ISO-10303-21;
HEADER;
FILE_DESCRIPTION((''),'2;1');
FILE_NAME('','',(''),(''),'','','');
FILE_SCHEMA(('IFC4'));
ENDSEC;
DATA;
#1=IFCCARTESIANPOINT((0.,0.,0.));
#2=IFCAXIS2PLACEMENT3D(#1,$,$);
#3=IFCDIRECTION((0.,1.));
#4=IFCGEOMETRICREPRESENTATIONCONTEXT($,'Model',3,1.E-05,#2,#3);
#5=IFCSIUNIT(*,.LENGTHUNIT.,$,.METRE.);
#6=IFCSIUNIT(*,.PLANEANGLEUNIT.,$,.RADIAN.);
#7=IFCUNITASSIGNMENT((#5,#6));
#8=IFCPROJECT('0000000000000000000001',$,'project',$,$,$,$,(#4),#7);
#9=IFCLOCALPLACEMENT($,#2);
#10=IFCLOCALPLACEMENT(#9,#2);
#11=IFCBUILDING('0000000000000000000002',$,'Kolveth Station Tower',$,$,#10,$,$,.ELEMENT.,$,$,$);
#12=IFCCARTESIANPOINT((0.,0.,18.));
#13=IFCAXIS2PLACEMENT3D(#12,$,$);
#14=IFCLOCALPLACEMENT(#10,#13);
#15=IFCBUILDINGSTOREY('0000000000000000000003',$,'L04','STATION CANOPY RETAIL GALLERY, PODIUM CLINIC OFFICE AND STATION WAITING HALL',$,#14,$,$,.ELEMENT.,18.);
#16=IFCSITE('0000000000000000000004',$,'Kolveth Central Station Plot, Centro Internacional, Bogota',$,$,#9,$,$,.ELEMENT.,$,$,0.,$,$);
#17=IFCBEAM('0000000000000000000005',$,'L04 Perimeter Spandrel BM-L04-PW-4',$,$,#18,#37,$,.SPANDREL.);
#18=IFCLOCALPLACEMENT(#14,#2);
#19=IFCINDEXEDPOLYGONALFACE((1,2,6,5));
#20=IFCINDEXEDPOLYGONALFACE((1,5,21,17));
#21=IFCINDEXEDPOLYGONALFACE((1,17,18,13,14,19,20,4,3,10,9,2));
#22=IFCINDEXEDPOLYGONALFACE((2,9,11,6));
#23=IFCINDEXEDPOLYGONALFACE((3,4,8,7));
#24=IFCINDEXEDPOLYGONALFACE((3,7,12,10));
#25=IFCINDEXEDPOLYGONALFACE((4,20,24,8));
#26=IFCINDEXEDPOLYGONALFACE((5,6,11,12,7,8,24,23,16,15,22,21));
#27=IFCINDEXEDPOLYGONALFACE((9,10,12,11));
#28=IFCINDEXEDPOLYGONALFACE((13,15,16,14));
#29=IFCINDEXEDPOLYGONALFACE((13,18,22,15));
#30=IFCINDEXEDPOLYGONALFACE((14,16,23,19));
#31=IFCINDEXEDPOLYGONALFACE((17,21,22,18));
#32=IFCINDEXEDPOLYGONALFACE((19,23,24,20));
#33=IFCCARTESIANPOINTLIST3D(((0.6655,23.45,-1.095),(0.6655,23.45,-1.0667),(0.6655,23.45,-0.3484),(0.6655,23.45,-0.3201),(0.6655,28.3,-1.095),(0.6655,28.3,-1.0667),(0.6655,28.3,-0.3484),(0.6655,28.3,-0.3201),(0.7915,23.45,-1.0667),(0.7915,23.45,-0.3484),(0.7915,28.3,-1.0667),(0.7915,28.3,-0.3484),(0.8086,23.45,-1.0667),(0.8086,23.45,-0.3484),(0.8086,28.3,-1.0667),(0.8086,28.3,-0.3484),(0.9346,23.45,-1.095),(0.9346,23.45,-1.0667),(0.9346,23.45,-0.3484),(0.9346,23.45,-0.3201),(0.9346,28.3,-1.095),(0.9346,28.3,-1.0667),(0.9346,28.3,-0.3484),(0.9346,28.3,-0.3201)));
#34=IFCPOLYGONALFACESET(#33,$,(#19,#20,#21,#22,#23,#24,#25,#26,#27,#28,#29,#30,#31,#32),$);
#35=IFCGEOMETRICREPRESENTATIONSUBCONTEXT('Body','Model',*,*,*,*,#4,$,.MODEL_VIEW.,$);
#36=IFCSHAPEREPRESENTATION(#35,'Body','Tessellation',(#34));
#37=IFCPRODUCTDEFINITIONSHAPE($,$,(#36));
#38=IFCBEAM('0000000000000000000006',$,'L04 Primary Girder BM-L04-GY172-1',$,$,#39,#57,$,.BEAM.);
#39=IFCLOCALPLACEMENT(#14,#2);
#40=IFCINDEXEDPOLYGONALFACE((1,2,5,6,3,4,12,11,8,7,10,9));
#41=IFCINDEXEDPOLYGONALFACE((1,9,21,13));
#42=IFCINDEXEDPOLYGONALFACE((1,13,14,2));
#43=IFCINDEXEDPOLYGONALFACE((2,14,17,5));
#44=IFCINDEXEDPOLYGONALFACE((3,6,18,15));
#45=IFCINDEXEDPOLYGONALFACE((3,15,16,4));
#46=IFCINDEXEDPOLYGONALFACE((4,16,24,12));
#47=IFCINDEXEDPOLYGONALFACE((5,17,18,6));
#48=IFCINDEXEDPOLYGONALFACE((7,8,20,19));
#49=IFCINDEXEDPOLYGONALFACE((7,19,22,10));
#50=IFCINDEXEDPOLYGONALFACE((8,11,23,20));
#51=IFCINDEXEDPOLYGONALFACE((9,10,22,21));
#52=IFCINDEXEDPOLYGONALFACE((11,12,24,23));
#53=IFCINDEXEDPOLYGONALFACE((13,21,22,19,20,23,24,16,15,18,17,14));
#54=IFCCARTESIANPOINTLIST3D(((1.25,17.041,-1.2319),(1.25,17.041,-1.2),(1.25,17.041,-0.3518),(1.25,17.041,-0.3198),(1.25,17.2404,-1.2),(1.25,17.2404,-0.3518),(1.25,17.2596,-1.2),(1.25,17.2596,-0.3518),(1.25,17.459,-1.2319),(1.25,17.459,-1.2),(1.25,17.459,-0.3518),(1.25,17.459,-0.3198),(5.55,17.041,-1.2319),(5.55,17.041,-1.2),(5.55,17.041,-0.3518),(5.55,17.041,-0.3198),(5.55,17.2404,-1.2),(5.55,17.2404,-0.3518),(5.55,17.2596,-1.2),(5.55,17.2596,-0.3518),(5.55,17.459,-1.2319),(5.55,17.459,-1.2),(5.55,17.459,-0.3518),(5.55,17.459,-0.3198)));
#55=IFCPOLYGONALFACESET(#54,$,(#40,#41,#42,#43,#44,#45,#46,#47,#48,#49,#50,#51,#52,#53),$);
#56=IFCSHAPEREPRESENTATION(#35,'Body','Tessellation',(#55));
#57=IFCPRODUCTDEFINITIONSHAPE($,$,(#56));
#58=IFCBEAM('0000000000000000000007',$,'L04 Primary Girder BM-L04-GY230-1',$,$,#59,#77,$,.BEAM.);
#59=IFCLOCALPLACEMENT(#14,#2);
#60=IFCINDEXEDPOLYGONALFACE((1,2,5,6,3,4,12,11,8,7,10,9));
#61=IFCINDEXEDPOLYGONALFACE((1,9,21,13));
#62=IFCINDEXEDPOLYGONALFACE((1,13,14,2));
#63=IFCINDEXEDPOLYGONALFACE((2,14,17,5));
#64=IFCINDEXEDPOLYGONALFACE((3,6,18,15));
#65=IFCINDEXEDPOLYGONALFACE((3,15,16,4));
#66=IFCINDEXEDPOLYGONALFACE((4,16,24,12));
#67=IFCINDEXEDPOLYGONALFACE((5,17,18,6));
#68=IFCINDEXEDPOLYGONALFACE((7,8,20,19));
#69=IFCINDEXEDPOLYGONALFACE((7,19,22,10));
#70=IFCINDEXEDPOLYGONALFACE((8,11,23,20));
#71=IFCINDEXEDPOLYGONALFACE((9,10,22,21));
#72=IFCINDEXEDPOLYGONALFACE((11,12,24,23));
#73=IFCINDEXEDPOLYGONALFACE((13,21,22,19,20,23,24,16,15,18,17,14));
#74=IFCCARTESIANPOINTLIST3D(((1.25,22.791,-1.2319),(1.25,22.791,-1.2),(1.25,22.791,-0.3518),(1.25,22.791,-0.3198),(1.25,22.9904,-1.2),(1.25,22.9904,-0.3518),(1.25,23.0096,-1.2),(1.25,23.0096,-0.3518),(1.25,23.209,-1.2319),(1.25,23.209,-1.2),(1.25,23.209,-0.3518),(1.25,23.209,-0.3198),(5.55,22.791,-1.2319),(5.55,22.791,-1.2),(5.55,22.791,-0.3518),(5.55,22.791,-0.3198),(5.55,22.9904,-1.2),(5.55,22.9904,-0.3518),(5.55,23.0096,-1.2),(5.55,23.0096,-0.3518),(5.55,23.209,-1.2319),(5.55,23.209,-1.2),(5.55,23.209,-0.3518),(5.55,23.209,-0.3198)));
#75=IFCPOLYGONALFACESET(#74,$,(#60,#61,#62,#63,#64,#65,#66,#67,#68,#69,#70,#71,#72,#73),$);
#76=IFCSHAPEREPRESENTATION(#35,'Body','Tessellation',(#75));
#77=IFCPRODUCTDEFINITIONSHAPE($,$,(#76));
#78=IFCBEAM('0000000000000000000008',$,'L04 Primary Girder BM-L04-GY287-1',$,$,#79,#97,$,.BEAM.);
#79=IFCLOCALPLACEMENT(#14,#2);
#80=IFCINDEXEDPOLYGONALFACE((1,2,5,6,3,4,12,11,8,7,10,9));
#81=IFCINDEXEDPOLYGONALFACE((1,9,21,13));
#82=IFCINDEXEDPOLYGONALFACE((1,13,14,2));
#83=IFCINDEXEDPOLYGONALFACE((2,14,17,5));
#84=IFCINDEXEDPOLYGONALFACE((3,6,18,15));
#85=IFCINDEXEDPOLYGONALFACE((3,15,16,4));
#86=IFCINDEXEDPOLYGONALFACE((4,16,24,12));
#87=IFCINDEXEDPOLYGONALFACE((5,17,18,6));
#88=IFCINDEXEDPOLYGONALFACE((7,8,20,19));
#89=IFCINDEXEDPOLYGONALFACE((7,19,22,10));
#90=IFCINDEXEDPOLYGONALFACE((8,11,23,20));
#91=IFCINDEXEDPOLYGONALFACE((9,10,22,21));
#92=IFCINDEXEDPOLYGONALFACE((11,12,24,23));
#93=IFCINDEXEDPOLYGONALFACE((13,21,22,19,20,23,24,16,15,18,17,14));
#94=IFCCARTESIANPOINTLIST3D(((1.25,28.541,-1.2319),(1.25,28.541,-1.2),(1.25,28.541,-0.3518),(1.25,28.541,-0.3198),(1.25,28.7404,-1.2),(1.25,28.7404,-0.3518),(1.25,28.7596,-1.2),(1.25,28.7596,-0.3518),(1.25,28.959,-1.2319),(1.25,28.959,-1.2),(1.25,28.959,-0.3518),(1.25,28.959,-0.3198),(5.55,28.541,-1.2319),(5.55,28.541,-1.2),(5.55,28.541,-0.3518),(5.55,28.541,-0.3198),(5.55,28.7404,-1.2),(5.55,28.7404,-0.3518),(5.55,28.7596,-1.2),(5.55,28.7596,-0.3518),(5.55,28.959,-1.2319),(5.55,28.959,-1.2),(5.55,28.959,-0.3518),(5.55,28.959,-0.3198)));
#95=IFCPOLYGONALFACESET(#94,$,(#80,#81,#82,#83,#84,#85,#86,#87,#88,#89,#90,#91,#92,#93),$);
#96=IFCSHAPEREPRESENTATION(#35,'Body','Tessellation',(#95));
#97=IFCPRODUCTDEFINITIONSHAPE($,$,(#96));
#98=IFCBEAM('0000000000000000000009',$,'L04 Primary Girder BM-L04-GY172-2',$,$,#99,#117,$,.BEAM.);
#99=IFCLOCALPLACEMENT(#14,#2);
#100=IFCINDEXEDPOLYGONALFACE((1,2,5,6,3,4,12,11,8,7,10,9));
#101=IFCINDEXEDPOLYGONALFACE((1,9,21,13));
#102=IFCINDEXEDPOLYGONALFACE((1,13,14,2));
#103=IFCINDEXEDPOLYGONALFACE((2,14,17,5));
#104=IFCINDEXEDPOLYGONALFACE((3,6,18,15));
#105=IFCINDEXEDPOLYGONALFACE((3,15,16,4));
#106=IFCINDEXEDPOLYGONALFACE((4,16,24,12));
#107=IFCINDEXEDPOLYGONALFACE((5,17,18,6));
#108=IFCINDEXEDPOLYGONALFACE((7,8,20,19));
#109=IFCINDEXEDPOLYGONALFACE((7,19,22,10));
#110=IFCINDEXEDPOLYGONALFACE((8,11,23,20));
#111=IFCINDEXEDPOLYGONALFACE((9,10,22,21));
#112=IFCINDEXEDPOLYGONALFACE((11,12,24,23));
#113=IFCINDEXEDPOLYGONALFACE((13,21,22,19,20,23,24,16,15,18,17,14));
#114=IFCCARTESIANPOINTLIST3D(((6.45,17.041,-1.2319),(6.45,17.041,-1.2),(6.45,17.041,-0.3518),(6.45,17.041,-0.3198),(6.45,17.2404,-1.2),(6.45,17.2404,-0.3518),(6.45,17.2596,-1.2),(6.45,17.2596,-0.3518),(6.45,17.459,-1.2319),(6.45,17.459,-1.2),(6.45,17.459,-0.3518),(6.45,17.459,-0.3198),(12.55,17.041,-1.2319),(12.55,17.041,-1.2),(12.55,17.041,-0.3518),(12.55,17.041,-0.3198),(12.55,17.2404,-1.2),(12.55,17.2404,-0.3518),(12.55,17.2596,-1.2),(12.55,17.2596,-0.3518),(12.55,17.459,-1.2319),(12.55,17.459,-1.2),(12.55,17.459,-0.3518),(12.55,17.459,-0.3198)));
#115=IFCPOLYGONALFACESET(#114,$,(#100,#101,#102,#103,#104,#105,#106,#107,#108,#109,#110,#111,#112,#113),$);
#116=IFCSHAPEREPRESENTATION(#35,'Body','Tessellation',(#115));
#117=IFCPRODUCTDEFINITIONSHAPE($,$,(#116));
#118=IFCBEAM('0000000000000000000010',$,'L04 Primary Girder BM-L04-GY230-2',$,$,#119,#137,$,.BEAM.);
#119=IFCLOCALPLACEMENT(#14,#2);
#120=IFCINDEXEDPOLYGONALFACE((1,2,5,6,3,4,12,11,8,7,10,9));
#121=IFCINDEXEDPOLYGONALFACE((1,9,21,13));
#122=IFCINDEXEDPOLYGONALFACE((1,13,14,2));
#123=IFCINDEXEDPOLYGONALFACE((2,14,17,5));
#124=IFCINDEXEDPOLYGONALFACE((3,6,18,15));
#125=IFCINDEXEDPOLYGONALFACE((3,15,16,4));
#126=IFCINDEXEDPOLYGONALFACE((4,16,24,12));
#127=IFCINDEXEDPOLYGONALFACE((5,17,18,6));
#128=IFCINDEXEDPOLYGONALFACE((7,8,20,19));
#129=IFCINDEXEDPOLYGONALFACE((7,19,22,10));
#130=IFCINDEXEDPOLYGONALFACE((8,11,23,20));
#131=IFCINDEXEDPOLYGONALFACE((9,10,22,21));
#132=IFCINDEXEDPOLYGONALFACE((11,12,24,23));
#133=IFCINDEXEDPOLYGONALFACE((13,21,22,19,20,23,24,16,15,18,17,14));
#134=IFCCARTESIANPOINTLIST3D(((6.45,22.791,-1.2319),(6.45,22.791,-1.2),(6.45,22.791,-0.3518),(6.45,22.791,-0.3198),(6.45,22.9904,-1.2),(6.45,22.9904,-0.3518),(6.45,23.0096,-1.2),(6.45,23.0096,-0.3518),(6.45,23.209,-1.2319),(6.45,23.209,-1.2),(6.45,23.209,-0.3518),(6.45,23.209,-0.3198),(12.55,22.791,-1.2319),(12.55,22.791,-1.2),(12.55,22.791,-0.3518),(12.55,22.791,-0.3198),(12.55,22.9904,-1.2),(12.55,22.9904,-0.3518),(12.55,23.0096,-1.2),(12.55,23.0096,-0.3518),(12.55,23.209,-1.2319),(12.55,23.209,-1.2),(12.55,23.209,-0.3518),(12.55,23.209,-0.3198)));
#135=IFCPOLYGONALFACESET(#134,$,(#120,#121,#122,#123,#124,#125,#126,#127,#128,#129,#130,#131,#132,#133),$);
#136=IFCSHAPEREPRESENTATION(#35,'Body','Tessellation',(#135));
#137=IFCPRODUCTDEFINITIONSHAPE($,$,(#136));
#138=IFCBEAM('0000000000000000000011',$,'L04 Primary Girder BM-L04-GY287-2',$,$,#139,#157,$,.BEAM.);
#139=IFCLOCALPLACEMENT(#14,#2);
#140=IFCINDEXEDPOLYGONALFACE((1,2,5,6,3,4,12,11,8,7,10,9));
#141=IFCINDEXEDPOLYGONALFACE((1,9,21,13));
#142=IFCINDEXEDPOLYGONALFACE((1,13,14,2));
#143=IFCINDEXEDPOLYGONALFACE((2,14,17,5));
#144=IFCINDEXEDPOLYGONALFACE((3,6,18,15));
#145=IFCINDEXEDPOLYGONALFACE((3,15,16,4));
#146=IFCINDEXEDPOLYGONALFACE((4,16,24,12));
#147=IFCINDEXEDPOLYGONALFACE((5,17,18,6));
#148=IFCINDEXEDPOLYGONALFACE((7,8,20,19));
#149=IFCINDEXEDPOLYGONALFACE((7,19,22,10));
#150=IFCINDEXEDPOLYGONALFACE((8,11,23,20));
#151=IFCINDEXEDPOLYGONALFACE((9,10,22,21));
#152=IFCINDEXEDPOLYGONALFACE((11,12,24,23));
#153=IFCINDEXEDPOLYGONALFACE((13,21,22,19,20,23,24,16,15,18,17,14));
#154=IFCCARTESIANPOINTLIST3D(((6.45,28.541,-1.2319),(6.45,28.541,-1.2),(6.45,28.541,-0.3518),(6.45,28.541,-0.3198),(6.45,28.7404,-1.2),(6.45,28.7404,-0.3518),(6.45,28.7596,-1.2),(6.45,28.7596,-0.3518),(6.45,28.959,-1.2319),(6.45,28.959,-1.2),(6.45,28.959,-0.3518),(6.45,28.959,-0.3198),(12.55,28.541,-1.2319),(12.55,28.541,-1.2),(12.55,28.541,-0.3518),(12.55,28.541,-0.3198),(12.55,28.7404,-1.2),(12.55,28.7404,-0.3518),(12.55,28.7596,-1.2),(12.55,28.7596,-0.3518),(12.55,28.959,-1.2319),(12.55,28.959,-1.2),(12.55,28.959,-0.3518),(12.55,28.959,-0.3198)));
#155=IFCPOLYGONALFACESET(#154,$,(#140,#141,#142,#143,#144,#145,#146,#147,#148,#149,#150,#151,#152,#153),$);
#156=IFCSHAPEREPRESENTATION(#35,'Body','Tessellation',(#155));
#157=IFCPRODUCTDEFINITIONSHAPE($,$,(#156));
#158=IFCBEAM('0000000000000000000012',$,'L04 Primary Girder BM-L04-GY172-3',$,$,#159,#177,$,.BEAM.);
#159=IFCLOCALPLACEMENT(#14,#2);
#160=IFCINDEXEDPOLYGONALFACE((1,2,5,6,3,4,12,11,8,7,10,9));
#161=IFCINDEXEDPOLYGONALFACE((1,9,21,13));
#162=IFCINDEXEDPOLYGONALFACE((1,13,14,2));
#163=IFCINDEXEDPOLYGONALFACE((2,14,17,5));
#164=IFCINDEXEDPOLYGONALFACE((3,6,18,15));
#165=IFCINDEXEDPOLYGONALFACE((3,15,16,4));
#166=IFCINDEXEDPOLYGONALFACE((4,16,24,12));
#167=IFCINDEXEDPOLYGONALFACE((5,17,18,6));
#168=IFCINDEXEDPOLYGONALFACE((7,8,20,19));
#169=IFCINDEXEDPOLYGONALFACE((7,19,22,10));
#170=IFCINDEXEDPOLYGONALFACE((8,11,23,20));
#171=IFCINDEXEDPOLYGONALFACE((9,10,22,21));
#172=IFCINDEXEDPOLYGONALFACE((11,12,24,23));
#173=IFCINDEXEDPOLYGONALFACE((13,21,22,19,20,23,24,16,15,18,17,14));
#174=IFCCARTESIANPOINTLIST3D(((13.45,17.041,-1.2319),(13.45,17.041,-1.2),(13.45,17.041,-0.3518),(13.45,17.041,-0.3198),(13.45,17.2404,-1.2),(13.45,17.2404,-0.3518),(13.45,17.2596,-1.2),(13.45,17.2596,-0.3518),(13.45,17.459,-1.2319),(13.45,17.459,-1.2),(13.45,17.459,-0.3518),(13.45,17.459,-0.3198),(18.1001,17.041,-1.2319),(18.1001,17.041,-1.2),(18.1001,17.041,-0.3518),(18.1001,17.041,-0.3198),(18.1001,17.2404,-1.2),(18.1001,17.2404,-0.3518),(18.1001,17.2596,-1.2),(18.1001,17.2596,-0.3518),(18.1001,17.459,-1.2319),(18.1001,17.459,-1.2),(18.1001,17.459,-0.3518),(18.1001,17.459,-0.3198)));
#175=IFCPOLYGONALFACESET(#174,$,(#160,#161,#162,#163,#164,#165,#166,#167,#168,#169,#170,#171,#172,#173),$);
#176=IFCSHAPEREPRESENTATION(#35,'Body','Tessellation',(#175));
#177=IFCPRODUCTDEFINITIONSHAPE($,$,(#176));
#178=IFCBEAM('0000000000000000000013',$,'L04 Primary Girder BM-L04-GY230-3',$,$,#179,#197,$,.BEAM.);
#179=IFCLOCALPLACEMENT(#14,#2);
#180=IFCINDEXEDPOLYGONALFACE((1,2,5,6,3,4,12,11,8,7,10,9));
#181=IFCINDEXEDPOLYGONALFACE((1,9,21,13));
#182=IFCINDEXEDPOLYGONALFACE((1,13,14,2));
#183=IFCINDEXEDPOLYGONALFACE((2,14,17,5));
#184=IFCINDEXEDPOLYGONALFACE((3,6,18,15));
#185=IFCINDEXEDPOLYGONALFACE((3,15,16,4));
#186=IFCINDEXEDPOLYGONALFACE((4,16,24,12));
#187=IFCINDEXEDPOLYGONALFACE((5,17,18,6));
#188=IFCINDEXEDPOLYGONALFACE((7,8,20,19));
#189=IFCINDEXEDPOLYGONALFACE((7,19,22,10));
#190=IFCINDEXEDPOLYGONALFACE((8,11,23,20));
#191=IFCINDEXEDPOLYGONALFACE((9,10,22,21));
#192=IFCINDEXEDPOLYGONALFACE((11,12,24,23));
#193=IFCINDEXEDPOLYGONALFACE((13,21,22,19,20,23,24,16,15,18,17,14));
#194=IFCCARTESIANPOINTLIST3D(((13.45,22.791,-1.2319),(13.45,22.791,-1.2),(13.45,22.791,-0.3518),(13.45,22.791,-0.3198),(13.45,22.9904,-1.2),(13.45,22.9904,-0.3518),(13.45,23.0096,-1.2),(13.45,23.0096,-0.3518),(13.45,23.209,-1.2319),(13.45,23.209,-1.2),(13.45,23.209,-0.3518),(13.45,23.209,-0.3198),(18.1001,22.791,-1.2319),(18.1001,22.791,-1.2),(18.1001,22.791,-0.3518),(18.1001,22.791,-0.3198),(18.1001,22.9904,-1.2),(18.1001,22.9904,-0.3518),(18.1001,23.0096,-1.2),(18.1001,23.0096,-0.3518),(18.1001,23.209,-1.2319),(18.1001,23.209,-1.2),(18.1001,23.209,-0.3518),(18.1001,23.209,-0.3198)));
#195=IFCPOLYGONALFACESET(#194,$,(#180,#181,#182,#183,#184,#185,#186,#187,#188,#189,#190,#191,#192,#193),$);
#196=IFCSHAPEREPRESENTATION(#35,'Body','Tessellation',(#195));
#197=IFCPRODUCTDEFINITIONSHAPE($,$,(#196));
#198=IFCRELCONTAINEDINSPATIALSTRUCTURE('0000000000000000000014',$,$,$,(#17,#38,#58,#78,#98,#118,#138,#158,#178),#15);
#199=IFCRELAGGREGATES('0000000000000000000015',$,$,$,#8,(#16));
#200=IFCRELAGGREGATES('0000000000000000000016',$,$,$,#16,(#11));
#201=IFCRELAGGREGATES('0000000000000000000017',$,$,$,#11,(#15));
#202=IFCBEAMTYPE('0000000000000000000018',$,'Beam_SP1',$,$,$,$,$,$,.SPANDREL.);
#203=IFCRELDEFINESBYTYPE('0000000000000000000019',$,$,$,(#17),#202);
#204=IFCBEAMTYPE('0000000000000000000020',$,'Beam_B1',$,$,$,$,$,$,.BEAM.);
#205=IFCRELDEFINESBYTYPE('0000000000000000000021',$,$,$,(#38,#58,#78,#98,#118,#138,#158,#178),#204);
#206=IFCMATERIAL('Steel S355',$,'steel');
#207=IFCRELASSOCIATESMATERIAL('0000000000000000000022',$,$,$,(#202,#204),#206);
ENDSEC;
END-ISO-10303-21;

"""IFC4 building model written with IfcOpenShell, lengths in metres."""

from ifc_helpers import new_model, si_unit, direction, frame, origin, origin_2d, place, context, subcontext, project, spatial, i_section, extrude, source, transform, mapped, material, material_profile, profile_set, type_object, element, save


model = new_model("IFC4")

# Units and contexts
model_context = context("Model", 3, precision=1e-05, world=origin(), true_north=direction((0.0, 1.0)))
body_context = subcontext(model_context, "Body", "Model", "MODEL_VIEW")
ifc_project = project(units=[si_unit("LENGTHUNIT", "METRE"), si_unit("PLANEANGLEUNIT", "RADIAN")], contexts=[model_context])

# Site, building, storey
site_placement = place(None, origin())
site = spatial("IfcSite", under=ifc_project, at=site_placement, Name="Kolveth Central Station Plot, Centro Internacional, Bogota", CompositionType="ELEMENT", RefElevation=0.0)
building_placement = place(site_placement, origin())
building = spatial("IfcBuilding", under=site, at=building_placement, Name="Kolveth Station Tower", CompositionType="ELEMENT")
storey_placement = place(building_placement, frame((0.0, 0.0, 18.0)))
storey = spatial("IfcBuildingStorey", under=building, at=storey_placement, Name="L04", Description="STATION CANOPY RETAIL GALLERY, PODIUM CLINIC OFFICE AND STATION WAITING HALL", CompositionType="ELEMENT", Elevation=18.0)

# Beams
ifc_material_1 = material(Name="Steel S355", Category="steel")
ifc_material_profile_1 = material_profile(ifc_material_1, i_section(OverallWidth=0.269, OverallDepth=0.7749, WebThickness=0.0171, FlangeThickness=0.0283, at=origin_2d()), Name="W760x220")
ifc_profile_set_1 = profile_set([ifc_material_profile_1], Name="Steel S355")
beam_type_1 = type_object("IfcBeamType", Name="Beam_SP1", PredefinedType="SPANDREL", material=ifc_profile_set_1)
shared_shape_1 = source(origin(), body_context, "Body", "SweptSolid", [
    extrude(i_section(OverallWidth=0.269, OverallDepth=0.7749, WebThickness=0.0171, FlangeThickness=0.0283, at=origin_2d()), origin(), (0.0, 0.0, 1.0), 4.8501),
])
for number, where, z_axis, x_axis, name in (
    (1, (0.8, 23.45, -0.7075), (0.0, 1.0, 0.0), (-1.0, 0.0, 0.0), "L04 Perimeter Spandrel BM-L04-PW-4"),
):
    element("IfcBeam", number, at=place(storey_placement, frame(where, z_axis=z_axis, x_axis=x_axis)), inside=storey, type_object=beam_type_1, Name=name, PredefinedType="SPANDREL", context=body_context, shape_type="MappedRepresentation", body=[
        mapped(shared_shape_1, transform((0.0, 0.0, 0.0), x_axis=(1.0, 0.0, 0.0), y_axis=(0.0, 1.0, 0.0), z_axis=(0.0, 0.0, 1.0), scale=1.0)),
    ])
ifc_material_profile_2 = material_profile(ifc_material_1, i_section(OverallWidth=0.418, OverallDepth=0.9121, WebThickness=0.0193, FlangeThickness=0.032, at=origin_2d()), Name="W920x342")
ifc_profile_set_2 = profile_set([ifc_material_profile_2], Name="Steel S355")
beam_type_2 = type_object("IfcBeamType", Name="Beam_B1", PredefinedType="BEAM", material=ifc_profile_set_2)
shared_shape_2 = source(origin(), body_context, "Body", "SweptSolid", [
    extrude(i_section(OverallWidth=0.418, OverallDepth=0.9121, WebThickness=0.0193, FlangeThickness=0.032, at=origin_2d()), origin(), (0.0, 0.0, 1.0), 4.3),
])
for number, where, z_axis, x_axis, name in (
    (2, (1.25, 17.25, -0.7759), (1.0, 0.0, 0.0), (0.0, 1.0, 0.0), "L04 Primary Girder BM-L04-GY172-1"),
    (3, (1.25, 23.0, -0.7759), (1.0, 0.0, 0.0), (0.0, 1.0, 0.0), "L04 Primary Girder BM-L04-GY230-1"),
    (4, (1.25, 28.75, -0.7759), (1.0, 0.0, 0.0), (0.0, 1.0, 0.0), "L04 Primary Girder BM-L04-GY287-1"),
):
    element("IfcBeam", number, at=place(storey_placement, frame(where, z_axis=z_axis, x_axis=x_axis)), inside=storey, type_object=beam_type_2, Name=name, PredefinedType="BEAM", context=body_context, shape_type="MappedRepresentation", body=[
        mapped(shared_shape_2, transform((0.0, 0.0, 0.0), x_axis=(1.0, 0.0, 0.0), y_axis=(0.0, 1.0, 0.0), z_axis=(0.0, 0.0, 1.0), scale=1.0)),
    ])
shared_shape_3 = source(origin(), body_context, "Body", "SweptSolid", [
    extrude(i_section(OverallWidth=0.418, OverallDepth=0.9121, WebThickness=0.0193, FlangeThickness=0.032, at=origin_2d()), origin(), (0.0, 0.0, 1.0), 6.1001),
])
for number, where, z_axis, x_axis, name in (
    (5, (6.45, 17.25, -0.7759), (1.0, 0.0, 0.0), (0.0, 1.0, 0.0), "L04 Primary Girder BM-L04-GY172-2"),
    (6, (6.45, 23.0, -0.7759), (1.0, 0.0, 0.0), (0.0, 1.0, 0.0), "L04 Primary Girder BM-L04-GY230-2"),
    (7, (6.45, 28.75, -0.7759), (1.0, 0.0, 0.0), (0.0, 1.0, 0.0), "L04 Primary Girder BM-L04-GY287-2"),
):
    element("IfcBeam", number, at=place(storey_placement, frame(where, z_axis=z_axis, x_axis=x_axis)), inside=storey, type_object=beam_type_2, Name=name, PredefinedType="BEAM", context=body_context, shape_type="MappedRepresentation", body=[
        mapped(shared_shape_3, transform((0.0, 0.0, 0.0), x_axis=(1.0, 0.0, 0.0), y_axis=(0.0, 1.0, 0.0), z_axis=(0.0, 0.0, 1.0), scale=1.0)),
    ])
shared_shape_4 = source(origin(), body_context, "Body", "SweptSolid", [
    extrude(i_section(OverallWidth=0.418, OverallDepth=0.9121, WebThickness=0.0193, FlangeThickness=0.032, at=origin_2d()), origin(), (0.0, 0.0, 1.0), 4.6501),
])
for number, where, z_axis, x_axis, name in (
    (8, (13.45, 17.25, -0.7759), (1.0, 0.0, 0.0), (0.0, 1.0, 0.0), "L04 Primary Girder BM-L04-GY172-3"),
    (9, (13.45, 23.0, -0.7759), (1.0, 0.0, 0.0), (0.0, 1.0, 0.0), "L04 Primary Girder BM-L04-GY230-3"),
):
    element("IfcBeam", number, at=place(storey_placement, frame(where, z_axis=z_axis, x_axis=x_axis)), inside=storey, type_object=beam_type_2, Name=name, PredefinedType="BEAM", context=body_context, shape_type="MappedRepresentation", body=[
        mapped(shared_shape_4, transform((0.0, 0.0, 0.0), x_axis=(1.0, 0.0, 0.0), y_axis=(0.0, 1.0, 0.0), z_axis=(0.0, 0.0, 1.0), scale=1.0)),
    ])

save(model, "model.ifc")
